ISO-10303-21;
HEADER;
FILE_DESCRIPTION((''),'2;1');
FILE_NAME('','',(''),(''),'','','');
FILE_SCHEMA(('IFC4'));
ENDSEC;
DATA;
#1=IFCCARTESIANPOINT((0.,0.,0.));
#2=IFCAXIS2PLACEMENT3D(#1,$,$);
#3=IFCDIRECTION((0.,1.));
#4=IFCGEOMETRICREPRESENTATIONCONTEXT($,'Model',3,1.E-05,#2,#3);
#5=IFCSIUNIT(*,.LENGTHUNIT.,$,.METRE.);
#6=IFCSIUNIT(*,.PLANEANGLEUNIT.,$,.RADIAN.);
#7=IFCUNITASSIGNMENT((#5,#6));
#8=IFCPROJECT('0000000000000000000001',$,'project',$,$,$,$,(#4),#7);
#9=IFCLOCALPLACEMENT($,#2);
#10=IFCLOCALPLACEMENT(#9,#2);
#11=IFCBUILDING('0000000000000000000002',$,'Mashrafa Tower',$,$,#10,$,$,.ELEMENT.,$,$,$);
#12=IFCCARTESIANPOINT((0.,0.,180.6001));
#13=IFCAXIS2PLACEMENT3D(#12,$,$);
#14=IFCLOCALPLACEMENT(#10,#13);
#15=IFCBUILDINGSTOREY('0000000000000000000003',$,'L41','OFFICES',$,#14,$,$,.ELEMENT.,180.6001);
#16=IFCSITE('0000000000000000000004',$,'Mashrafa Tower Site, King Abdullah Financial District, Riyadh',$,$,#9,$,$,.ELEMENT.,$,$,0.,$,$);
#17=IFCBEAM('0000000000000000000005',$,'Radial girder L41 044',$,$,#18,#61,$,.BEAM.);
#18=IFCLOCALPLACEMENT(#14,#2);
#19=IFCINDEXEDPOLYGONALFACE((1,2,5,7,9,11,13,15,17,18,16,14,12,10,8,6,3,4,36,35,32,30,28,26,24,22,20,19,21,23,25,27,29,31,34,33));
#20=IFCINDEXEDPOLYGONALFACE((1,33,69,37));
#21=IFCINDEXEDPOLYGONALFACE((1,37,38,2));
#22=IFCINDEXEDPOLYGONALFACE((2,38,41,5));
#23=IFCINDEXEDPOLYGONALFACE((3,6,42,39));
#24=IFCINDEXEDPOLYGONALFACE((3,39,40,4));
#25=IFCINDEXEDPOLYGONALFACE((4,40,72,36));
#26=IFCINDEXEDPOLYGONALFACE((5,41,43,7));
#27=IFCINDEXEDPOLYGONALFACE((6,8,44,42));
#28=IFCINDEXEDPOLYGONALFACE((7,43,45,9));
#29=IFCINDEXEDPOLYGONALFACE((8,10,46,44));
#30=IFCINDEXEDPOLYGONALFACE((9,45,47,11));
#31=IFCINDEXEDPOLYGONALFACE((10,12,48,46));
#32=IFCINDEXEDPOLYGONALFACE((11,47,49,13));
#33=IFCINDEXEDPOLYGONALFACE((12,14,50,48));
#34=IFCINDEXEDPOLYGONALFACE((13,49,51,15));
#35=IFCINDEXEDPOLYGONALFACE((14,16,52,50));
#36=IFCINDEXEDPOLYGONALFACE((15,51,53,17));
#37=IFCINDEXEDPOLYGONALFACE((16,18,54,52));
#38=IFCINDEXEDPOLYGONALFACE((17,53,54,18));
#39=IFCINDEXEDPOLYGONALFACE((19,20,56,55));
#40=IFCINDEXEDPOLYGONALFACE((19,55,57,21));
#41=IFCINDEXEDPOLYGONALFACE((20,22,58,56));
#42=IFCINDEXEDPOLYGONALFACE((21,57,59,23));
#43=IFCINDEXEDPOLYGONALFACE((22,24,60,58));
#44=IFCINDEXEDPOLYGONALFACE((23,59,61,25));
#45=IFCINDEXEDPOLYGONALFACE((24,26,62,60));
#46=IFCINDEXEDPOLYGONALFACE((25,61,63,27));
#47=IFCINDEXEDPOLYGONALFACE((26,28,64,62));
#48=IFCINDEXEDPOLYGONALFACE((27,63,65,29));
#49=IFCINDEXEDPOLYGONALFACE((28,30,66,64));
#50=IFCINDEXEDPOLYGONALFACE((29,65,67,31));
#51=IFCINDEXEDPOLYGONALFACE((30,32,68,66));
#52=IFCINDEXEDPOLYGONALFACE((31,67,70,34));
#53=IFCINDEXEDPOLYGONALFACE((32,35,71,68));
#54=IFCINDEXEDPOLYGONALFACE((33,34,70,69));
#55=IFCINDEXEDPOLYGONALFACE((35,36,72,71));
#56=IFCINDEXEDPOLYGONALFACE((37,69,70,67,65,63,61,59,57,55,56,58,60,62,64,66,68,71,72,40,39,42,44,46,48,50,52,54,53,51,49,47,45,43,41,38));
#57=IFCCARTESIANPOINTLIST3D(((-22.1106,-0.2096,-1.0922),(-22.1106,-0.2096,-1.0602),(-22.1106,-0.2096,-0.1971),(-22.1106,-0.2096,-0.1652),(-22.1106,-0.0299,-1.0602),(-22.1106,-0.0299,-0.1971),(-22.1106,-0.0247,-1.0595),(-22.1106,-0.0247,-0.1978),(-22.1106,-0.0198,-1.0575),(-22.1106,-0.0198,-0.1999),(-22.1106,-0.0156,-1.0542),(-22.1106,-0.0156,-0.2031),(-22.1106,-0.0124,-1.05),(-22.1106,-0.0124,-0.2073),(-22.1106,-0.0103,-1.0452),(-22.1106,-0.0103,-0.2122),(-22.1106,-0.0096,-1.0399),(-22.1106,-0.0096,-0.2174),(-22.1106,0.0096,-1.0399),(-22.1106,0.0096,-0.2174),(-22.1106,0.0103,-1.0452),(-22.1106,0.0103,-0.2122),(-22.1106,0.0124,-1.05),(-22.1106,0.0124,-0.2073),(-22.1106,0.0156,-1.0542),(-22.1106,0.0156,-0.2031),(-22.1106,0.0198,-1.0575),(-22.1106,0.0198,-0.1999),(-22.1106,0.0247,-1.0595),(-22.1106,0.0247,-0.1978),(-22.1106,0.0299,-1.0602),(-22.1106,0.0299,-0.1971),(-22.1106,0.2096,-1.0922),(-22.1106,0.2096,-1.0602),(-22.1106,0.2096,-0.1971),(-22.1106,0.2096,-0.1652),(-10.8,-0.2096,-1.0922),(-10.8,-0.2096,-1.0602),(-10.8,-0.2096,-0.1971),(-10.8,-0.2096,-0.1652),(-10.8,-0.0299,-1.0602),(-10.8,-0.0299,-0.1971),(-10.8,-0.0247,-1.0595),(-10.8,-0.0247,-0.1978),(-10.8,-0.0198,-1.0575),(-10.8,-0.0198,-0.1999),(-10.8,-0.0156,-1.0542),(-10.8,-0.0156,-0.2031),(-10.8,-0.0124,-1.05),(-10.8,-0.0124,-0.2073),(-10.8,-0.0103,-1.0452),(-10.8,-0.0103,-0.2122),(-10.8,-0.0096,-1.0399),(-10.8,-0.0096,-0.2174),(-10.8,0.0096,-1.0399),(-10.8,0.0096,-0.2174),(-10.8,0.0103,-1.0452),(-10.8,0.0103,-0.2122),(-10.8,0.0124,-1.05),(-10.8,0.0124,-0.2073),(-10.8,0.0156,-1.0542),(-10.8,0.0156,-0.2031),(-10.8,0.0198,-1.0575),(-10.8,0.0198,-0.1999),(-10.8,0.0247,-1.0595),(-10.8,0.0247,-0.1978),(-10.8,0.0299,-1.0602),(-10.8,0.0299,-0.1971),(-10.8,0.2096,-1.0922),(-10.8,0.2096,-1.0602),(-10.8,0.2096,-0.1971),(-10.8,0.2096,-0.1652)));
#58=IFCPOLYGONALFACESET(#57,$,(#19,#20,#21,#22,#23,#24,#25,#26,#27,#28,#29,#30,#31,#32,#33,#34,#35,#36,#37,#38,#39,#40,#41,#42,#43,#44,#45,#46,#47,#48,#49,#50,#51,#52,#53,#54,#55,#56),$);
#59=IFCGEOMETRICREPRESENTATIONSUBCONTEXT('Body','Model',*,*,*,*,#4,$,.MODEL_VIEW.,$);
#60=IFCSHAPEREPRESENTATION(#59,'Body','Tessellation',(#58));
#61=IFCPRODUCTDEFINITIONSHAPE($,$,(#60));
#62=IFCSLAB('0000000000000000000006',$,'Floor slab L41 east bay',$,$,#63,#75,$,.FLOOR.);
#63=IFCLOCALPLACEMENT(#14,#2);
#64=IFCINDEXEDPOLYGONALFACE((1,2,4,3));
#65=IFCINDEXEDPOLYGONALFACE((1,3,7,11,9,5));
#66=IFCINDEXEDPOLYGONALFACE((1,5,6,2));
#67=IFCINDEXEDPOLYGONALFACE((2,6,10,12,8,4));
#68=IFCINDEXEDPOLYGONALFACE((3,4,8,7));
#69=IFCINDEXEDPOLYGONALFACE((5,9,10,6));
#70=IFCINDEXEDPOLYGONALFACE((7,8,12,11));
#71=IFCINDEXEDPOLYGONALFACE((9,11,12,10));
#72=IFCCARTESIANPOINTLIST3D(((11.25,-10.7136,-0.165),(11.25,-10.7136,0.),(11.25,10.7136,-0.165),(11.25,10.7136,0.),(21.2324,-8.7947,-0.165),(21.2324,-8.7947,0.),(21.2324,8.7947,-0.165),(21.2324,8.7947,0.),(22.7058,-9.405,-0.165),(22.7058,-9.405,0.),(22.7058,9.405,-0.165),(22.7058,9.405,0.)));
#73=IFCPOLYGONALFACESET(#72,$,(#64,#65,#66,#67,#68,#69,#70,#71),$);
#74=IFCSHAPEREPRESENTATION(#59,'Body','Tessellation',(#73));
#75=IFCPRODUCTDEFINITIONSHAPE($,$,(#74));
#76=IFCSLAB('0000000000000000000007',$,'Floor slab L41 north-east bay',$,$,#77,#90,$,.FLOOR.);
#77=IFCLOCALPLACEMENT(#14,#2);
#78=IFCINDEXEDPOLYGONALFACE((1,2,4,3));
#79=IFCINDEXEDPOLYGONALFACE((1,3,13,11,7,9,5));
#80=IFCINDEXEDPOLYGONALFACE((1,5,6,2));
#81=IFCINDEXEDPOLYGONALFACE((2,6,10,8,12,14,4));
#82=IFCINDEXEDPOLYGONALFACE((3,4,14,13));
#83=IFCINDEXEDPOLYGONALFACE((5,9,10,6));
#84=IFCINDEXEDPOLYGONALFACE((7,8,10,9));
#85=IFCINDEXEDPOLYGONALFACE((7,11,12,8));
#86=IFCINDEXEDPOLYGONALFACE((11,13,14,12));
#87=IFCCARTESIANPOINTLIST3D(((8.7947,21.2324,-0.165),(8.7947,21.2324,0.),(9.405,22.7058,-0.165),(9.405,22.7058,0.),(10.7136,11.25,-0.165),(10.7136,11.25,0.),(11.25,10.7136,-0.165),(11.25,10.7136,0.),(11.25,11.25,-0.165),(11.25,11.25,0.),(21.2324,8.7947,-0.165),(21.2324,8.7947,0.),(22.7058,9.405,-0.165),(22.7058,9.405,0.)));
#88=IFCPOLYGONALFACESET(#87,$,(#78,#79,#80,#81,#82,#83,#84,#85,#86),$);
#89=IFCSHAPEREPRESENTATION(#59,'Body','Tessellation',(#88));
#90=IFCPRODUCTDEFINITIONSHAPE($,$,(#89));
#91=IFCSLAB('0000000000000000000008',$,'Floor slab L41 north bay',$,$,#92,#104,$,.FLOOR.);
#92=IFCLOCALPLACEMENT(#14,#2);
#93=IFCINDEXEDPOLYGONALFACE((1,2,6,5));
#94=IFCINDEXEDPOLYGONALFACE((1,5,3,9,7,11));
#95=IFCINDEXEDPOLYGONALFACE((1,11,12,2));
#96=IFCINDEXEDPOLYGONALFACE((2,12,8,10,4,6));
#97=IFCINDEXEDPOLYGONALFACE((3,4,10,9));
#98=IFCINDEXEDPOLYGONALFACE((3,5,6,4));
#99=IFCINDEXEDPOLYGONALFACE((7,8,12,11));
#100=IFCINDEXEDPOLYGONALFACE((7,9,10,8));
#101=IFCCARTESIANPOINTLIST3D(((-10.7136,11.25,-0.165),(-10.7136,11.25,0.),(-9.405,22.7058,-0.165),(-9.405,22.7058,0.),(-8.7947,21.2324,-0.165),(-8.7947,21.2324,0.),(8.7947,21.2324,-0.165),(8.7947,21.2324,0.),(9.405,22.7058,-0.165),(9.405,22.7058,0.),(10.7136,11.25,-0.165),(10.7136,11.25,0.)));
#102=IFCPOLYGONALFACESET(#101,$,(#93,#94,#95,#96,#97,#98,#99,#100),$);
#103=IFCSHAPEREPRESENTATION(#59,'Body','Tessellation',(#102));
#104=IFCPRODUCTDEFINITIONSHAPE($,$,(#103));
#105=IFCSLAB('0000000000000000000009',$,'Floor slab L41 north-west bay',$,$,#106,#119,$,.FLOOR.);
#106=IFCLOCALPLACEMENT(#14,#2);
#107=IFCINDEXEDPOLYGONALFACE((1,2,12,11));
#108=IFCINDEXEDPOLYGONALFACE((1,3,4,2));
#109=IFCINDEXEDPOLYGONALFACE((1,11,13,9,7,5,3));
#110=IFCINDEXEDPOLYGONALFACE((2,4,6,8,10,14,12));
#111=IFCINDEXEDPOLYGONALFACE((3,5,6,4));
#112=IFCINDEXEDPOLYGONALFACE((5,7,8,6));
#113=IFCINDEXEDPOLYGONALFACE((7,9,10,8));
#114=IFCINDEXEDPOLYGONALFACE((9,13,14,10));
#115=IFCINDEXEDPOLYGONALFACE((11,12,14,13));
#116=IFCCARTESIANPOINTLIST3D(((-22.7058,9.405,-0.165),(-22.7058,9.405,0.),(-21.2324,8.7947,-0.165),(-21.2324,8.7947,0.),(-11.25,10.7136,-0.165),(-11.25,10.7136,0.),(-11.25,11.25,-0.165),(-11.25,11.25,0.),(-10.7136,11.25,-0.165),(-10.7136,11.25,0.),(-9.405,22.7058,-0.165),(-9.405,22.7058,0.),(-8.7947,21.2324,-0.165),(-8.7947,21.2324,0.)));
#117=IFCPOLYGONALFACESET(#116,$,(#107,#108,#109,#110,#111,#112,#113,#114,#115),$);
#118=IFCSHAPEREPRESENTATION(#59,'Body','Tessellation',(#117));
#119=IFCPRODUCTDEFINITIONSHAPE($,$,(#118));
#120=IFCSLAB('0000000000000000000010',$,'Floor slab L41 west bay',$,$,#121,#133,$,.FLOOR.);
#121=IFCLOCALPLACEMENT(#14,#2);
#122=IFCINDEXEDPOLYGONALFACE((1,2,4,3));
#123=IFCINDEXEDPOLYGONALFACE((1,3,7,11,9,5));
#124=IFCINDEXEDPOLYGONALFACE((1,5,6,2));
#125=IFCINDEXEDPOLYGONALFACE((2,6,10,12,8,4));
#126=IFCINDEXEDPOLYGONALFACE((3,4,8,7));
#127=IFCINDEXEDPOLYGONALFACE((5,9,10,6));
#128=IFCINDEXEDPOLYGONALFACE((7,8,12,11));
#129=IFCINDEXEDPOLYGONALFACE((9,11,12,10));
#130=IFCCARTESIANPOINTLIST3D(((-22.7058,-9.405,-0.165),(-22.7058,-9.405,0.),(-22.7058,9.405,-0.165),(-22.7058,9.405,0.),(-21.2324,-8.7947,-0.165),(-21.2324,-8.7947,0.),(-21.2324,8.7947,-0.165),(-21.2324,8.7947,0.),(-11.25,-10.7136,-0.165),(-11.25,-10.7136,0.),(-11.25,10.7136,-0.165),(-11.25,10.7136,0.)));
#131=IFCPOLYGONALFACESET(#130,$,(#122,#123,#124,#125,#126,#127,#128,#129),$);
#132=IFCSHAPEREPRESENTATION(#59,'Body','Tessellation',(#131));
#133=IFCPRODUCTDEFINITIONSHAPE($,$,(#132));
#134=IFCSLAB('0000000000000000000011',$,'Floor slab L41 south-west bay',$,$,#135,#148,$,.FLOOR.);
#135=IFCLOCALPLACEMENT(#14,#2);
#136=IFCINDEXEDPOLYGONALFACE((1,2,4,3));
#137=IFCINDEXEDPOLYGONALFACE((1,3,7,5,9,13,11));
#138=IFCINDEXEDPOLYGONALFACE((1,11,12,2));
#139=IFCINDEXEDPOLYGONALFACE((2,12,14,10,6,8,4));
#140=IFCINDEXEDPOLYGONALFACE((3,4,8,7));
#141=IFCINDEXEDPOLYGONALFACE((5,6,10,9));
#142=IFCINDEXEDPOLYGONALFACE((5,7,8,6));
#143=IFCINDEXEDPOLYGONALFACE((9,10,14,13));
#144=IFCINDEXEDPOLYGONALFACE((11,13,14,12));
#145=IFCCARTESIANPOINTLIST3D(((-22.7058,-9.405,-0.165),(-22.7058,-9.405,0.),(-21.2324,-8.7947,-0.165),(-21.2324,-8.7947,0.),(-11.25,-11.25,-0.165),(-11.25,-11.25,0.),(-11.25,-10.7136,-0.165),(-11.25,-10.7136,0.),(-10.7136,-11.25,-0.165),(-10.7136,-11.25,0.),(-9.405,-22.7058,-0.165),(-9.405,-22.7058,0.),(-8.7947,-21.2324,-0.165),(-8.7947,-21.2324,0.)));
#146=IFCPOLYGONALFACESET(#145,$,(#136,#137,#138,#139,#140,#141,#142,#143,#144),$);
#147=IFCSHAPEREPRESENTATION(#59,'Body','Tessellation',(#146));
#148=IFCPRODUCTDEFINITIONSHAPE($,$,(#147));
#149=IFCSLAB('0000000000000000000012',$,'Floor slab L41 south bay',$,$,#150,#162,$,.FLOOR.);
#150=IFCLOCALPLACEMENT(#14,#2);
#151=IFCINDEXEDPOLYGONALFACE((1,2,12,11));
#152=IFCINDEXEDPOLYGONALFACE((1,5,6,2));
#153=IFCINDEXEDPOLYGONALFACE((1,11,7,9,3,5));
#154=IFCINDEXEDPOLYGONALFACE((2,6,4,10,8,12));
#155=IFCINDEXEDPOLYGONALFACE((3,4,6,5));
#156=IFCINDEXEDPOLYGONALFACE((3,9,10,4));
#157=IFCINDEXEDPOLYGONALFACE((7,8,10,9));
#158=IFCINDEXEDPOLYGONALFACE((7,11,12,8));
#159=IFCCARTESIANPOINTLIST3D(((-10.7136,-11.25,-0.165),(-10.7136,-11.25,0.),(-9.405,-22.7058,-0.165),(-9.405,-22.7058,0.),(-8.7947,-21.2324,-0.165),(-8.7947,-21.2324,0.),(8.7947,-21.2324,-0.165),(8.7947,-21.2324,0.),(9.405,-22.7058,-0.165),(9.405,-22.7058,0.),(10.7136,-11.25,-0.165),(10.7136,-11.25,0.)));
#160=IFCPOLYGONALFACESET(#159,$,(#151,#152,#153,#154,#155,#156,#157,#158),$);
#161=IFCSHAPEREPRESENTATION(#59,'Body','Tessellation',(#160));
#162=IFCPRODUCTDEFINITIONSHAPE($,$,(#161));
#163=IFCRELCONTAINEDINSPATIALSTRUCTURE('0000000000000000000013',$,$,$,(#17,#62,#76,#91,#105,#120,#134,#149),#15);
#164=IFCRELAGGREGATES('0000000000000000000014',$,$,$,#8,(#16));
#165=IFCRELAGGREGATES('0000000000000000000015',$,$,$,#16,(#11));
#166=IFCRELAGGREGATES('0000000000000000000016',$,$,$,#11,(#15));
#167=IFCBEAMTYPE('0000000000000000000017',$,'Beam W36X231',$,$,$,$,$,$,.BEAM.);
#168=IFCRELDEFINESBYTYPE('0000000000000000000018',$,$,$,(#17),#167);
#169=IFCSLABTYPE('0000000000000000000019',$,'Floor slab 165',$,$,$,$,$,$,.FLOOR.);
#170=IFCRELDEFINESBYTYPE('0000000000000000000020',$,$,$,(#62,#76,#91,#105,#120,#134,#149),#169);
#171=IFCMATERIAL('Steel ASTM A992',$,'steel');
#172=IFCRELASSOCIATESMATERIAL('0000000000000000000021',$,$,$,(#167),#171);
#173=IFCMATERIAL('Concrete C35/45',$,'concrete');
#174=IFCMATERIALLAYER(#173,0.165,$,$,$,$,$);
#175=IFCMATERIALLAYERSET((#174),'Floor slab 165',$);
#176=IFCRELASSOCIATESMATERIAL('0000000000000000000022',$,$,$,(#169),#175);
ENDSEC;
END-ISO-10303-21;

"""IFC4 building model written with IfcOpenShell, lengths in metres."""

from ifc_helpers import new_model, si_unit, direction, frame, origin, origin_2d, place, context, subcontext, project, spatial, polyline, i_section, outline, extrude, material, layer, layer_set, material_profile, profile_set, type_object, element, save


model = new_model("IFC4")

# Units and contexts
model_context = context("Model", 3, precision=1e-05, world=origin(), true_north=direction((0.0, 1.0)))
body_context = subcontext(model_context, "Body", "Model", "MODEL_VIEW")
ifc_project = project(units=[si_unit("LENGTHUNIT", "METRE"), si_unit("PLANEANGLEUNIT", "RADIAN")], contexts=[model_context])

# Site, building, storey
site_placement = place(None, origin())
site = spatial("IfcSite", under=ifc_project, at=site_placement, Name="Mashrafa Tower Site, King Abdullah Financial District, Riyadh", CompositionType="ELEMENT", RefElevation=0.0)
building_placement = place(site_placement, origin())
building = spatial("IfcBuilding", under=site, at=building_placement, Name="Mashrafa Tower", CompositionType="ELEMENT")
storey_placement = place(building_placement, frame((0.0, 0.0, 180.6001)))
storey = spatial("IfcBuildingStorey", under=building, at=storey_placement, Name="L41", Description="OFFICES", CompositionType="ELEMENT", Elevation=180.6001)

# Beam
ifc_material_1 = material(Name="Steel ASTM A992", Category="steel")
ifc_material_profile = material_profile(ifc_material_1, i_section(OverallWidth=0.4192, OverallDepth=0.927, WebThickness=0.0193, FlangeThickness=0.032, FilletRadius=0.0203, at=origin_2d()), Name="W36X231")
ifc_profile_set = profile_set([ifc_material_profile], Name="Steel ASTM A992")
beam_type = type_object("IfcBeamType", Name="Beam W36X231", PredefinedType="BEAM", material=ifc_profile_set)
beam_placement = place(storey_placement, frame((-10.8, 0.0, -0.6287), z_axis=(-1.0, 0.0, 0.0), x_axis=(0.0, -1.0, 0.0)))
element("IfcBeam", 1, at=beam_placement, inside=storey, type_object=beam_type, Name="Radial girder L41 044", PredefinedType="BEAM", context=body_context, shape_type="SweptSolid", body=[
    extrude(i_section(OverallWidth=0.4192, OverallDepth=0.927, WebThickness=0.0193, FlangeThickness=0.032, FilletRadius=0.0203, at=origin_2d()), origin(), (0.0, 0.0, 1.0), 11.3105),
])

# Slabs
ifc_material_2 = material(Name="Concrete C35/45", Category="concrete")
ifc_layer_1 = layer(ifc_material_2, 0.165)
ifc_layer_set_1 = layer_set([ifc_layer_1], Name="Floor slab 165")
slab_type = type_object("IfcSlabType", Name="Floor slab 165", PredefinedType="FLOOR", material=ifc_layer_set_1)
slab_1_placement = place(storey_placement, frame((0.0, 0.0, -0.165)))
element("IfcSlab", 2, at=slab_1_placement, inside=storey, type_object=slab_type, Name="Floor slab L41 east bay", PredefinedType="FLOOR", context=body_context, shape_type="SweptSolid", body=[
    extrude(outline(polyline([(22.7058, -9.405), (21.2324, -8.7947), (11.25, -10.7136), (11.25, 10.7136), (21.2324, 8.7947), (22.7058, 9.405), (22.7058, -9.405)])), origin(), (0.0, 0.0, 1.0), 0.165),
])
slab_2_placement = place(storey_placement, frame((0.0, 0.0, -0.165)))
element("IfcSlab", 3, at=slab_2_placement, inside=storey, type_object=slab_type, Name="Floor slab L41 north-east bay", PredefinedType="FLOOR", context=body_context, shape_type="SweptSolid", body=[
    extrude(outline(polyline([(9.405, 22.7058), (22.7058, 9.405), (22.7058, 9.405), (21.2324, 8.7947), (11.25, 10.7136), (11.25, 11.25), (10.7136, 11.25), (8.7947, 21.2324), (9.405, 22.7058), (9.405, 22.7058)])), origin(), (0.0, 0.0, 1.0), 0.165),
])
slab_3_placement = place(storey_placement, frame((0.0, 0.0, -0.165)))
element("IfcSlab", 4, at=slab_3_placement, inside=storey, type_object=slab_type, Name="Floor slab L41 north bay", PredefinedType="FLOOR", context=body_context, shape_type="SweptSolid", body=[
    extrude(outline(polyline([(9.405, 22.7058), (8.7947, 21.2324), (10.7136, 11.25), (-10.7136, 11.25), (-8.7947, 21.2324), (-9.405, 22.7058), (9.405, 22.7058)])), origin(), (0.0, 0.0, 1.0), 0.165),
])
slab_4_placement = place(storey_placement, frame((0.0, 0.0, -0.165)))
element("IfcSlab", 5, at=slab_4_placement, inside=storey, type_object=slab_type, Name="Floor slab L41 north-west bay", PredefinedType="FLOOR", context=body_context, shape_type="SweptSolid", body=[
    extrude(outline(polyline([(-22.7058, 9.405), (-9.405, 22.7058), (-9.405, 22.7058), (-8.7947, 21.2324), (-10.7136, 11.25), (-11.25, 11.25), (-11.25, 10.7136), (-21.2324, 8.7947), (-22.7058, 9.405), (-22.7058, 9.405)])), origin(), (0.0, 0.0, 1.0), 0.165),
])
slab_5_placement = place(storey_placement, frame((0.0, 0.0, -0.165)))
element("IfcSlab", 6, at=slab_5_placement, inside=storey, type_object=slab_type, Name="Floor slab L41 west bay", PredefinedType="FLOOR", context=body_context, shape_type="SweptSolid", body=[
    extrude(outline(polyline([(-22.7058, 9.405), (-21.2324, 8.7947), (-11.25, 10.7136), (-11.25, -10.7136), (-21.2324, -8.7947), (-22.7058, -9.405), (-22.7058, 9.405)])), origin(), (0.0, 0.0, 1.0), 0.165),
])
slab_6_placement = place(storey_placement, frame((0.0, 0.0, -0.165)))
element("IfcSlab", 7, at=slab_6_placement, inside=storey, type_object=slab_type, Name="Floor slab L41 south-west bay", PredefinedType="FLOOR", context=body_context, shape_type="SweptSolid", body=[
    extrude(outline(polyline([(-9.405, -22.7058), (-22.7058, -9.405), (-22.7058, -9.405), (-21.2324, -8.7947), (-11.25, -10.7136), (-11.25, -11.25), (-10.7136, -11.25), (-8.7947, -21.2324), (-9.405, -22.7058), (-9.405, -22.7058)])), origin(), (0.0, 0.0, 1.0), 0.165),
])
slab_7_placement = place(storey_placement, frame((0.0, 0.0, -0.165)))
element("IfcSlab", 8, at=slab_7_placement, inside=storey, type_object=slab_type, Name="Floor slab L41 south bay", PredefinedType="FLOOR", context=body_context, shape_type="SweptSolid", body=[
    extrude(outline(polyline([(-9.405, -22.7058), (-8.7947, -21.2324), (-10.7136, -11.25), (10.7136, -11.25), (8.7947, -21.2324), (9.405, -22.7058), (-9.405, -22.7058)])), origin(), (0.0, 0.0, 1.0), 0.165),
])

save(model, "model.ifc")
